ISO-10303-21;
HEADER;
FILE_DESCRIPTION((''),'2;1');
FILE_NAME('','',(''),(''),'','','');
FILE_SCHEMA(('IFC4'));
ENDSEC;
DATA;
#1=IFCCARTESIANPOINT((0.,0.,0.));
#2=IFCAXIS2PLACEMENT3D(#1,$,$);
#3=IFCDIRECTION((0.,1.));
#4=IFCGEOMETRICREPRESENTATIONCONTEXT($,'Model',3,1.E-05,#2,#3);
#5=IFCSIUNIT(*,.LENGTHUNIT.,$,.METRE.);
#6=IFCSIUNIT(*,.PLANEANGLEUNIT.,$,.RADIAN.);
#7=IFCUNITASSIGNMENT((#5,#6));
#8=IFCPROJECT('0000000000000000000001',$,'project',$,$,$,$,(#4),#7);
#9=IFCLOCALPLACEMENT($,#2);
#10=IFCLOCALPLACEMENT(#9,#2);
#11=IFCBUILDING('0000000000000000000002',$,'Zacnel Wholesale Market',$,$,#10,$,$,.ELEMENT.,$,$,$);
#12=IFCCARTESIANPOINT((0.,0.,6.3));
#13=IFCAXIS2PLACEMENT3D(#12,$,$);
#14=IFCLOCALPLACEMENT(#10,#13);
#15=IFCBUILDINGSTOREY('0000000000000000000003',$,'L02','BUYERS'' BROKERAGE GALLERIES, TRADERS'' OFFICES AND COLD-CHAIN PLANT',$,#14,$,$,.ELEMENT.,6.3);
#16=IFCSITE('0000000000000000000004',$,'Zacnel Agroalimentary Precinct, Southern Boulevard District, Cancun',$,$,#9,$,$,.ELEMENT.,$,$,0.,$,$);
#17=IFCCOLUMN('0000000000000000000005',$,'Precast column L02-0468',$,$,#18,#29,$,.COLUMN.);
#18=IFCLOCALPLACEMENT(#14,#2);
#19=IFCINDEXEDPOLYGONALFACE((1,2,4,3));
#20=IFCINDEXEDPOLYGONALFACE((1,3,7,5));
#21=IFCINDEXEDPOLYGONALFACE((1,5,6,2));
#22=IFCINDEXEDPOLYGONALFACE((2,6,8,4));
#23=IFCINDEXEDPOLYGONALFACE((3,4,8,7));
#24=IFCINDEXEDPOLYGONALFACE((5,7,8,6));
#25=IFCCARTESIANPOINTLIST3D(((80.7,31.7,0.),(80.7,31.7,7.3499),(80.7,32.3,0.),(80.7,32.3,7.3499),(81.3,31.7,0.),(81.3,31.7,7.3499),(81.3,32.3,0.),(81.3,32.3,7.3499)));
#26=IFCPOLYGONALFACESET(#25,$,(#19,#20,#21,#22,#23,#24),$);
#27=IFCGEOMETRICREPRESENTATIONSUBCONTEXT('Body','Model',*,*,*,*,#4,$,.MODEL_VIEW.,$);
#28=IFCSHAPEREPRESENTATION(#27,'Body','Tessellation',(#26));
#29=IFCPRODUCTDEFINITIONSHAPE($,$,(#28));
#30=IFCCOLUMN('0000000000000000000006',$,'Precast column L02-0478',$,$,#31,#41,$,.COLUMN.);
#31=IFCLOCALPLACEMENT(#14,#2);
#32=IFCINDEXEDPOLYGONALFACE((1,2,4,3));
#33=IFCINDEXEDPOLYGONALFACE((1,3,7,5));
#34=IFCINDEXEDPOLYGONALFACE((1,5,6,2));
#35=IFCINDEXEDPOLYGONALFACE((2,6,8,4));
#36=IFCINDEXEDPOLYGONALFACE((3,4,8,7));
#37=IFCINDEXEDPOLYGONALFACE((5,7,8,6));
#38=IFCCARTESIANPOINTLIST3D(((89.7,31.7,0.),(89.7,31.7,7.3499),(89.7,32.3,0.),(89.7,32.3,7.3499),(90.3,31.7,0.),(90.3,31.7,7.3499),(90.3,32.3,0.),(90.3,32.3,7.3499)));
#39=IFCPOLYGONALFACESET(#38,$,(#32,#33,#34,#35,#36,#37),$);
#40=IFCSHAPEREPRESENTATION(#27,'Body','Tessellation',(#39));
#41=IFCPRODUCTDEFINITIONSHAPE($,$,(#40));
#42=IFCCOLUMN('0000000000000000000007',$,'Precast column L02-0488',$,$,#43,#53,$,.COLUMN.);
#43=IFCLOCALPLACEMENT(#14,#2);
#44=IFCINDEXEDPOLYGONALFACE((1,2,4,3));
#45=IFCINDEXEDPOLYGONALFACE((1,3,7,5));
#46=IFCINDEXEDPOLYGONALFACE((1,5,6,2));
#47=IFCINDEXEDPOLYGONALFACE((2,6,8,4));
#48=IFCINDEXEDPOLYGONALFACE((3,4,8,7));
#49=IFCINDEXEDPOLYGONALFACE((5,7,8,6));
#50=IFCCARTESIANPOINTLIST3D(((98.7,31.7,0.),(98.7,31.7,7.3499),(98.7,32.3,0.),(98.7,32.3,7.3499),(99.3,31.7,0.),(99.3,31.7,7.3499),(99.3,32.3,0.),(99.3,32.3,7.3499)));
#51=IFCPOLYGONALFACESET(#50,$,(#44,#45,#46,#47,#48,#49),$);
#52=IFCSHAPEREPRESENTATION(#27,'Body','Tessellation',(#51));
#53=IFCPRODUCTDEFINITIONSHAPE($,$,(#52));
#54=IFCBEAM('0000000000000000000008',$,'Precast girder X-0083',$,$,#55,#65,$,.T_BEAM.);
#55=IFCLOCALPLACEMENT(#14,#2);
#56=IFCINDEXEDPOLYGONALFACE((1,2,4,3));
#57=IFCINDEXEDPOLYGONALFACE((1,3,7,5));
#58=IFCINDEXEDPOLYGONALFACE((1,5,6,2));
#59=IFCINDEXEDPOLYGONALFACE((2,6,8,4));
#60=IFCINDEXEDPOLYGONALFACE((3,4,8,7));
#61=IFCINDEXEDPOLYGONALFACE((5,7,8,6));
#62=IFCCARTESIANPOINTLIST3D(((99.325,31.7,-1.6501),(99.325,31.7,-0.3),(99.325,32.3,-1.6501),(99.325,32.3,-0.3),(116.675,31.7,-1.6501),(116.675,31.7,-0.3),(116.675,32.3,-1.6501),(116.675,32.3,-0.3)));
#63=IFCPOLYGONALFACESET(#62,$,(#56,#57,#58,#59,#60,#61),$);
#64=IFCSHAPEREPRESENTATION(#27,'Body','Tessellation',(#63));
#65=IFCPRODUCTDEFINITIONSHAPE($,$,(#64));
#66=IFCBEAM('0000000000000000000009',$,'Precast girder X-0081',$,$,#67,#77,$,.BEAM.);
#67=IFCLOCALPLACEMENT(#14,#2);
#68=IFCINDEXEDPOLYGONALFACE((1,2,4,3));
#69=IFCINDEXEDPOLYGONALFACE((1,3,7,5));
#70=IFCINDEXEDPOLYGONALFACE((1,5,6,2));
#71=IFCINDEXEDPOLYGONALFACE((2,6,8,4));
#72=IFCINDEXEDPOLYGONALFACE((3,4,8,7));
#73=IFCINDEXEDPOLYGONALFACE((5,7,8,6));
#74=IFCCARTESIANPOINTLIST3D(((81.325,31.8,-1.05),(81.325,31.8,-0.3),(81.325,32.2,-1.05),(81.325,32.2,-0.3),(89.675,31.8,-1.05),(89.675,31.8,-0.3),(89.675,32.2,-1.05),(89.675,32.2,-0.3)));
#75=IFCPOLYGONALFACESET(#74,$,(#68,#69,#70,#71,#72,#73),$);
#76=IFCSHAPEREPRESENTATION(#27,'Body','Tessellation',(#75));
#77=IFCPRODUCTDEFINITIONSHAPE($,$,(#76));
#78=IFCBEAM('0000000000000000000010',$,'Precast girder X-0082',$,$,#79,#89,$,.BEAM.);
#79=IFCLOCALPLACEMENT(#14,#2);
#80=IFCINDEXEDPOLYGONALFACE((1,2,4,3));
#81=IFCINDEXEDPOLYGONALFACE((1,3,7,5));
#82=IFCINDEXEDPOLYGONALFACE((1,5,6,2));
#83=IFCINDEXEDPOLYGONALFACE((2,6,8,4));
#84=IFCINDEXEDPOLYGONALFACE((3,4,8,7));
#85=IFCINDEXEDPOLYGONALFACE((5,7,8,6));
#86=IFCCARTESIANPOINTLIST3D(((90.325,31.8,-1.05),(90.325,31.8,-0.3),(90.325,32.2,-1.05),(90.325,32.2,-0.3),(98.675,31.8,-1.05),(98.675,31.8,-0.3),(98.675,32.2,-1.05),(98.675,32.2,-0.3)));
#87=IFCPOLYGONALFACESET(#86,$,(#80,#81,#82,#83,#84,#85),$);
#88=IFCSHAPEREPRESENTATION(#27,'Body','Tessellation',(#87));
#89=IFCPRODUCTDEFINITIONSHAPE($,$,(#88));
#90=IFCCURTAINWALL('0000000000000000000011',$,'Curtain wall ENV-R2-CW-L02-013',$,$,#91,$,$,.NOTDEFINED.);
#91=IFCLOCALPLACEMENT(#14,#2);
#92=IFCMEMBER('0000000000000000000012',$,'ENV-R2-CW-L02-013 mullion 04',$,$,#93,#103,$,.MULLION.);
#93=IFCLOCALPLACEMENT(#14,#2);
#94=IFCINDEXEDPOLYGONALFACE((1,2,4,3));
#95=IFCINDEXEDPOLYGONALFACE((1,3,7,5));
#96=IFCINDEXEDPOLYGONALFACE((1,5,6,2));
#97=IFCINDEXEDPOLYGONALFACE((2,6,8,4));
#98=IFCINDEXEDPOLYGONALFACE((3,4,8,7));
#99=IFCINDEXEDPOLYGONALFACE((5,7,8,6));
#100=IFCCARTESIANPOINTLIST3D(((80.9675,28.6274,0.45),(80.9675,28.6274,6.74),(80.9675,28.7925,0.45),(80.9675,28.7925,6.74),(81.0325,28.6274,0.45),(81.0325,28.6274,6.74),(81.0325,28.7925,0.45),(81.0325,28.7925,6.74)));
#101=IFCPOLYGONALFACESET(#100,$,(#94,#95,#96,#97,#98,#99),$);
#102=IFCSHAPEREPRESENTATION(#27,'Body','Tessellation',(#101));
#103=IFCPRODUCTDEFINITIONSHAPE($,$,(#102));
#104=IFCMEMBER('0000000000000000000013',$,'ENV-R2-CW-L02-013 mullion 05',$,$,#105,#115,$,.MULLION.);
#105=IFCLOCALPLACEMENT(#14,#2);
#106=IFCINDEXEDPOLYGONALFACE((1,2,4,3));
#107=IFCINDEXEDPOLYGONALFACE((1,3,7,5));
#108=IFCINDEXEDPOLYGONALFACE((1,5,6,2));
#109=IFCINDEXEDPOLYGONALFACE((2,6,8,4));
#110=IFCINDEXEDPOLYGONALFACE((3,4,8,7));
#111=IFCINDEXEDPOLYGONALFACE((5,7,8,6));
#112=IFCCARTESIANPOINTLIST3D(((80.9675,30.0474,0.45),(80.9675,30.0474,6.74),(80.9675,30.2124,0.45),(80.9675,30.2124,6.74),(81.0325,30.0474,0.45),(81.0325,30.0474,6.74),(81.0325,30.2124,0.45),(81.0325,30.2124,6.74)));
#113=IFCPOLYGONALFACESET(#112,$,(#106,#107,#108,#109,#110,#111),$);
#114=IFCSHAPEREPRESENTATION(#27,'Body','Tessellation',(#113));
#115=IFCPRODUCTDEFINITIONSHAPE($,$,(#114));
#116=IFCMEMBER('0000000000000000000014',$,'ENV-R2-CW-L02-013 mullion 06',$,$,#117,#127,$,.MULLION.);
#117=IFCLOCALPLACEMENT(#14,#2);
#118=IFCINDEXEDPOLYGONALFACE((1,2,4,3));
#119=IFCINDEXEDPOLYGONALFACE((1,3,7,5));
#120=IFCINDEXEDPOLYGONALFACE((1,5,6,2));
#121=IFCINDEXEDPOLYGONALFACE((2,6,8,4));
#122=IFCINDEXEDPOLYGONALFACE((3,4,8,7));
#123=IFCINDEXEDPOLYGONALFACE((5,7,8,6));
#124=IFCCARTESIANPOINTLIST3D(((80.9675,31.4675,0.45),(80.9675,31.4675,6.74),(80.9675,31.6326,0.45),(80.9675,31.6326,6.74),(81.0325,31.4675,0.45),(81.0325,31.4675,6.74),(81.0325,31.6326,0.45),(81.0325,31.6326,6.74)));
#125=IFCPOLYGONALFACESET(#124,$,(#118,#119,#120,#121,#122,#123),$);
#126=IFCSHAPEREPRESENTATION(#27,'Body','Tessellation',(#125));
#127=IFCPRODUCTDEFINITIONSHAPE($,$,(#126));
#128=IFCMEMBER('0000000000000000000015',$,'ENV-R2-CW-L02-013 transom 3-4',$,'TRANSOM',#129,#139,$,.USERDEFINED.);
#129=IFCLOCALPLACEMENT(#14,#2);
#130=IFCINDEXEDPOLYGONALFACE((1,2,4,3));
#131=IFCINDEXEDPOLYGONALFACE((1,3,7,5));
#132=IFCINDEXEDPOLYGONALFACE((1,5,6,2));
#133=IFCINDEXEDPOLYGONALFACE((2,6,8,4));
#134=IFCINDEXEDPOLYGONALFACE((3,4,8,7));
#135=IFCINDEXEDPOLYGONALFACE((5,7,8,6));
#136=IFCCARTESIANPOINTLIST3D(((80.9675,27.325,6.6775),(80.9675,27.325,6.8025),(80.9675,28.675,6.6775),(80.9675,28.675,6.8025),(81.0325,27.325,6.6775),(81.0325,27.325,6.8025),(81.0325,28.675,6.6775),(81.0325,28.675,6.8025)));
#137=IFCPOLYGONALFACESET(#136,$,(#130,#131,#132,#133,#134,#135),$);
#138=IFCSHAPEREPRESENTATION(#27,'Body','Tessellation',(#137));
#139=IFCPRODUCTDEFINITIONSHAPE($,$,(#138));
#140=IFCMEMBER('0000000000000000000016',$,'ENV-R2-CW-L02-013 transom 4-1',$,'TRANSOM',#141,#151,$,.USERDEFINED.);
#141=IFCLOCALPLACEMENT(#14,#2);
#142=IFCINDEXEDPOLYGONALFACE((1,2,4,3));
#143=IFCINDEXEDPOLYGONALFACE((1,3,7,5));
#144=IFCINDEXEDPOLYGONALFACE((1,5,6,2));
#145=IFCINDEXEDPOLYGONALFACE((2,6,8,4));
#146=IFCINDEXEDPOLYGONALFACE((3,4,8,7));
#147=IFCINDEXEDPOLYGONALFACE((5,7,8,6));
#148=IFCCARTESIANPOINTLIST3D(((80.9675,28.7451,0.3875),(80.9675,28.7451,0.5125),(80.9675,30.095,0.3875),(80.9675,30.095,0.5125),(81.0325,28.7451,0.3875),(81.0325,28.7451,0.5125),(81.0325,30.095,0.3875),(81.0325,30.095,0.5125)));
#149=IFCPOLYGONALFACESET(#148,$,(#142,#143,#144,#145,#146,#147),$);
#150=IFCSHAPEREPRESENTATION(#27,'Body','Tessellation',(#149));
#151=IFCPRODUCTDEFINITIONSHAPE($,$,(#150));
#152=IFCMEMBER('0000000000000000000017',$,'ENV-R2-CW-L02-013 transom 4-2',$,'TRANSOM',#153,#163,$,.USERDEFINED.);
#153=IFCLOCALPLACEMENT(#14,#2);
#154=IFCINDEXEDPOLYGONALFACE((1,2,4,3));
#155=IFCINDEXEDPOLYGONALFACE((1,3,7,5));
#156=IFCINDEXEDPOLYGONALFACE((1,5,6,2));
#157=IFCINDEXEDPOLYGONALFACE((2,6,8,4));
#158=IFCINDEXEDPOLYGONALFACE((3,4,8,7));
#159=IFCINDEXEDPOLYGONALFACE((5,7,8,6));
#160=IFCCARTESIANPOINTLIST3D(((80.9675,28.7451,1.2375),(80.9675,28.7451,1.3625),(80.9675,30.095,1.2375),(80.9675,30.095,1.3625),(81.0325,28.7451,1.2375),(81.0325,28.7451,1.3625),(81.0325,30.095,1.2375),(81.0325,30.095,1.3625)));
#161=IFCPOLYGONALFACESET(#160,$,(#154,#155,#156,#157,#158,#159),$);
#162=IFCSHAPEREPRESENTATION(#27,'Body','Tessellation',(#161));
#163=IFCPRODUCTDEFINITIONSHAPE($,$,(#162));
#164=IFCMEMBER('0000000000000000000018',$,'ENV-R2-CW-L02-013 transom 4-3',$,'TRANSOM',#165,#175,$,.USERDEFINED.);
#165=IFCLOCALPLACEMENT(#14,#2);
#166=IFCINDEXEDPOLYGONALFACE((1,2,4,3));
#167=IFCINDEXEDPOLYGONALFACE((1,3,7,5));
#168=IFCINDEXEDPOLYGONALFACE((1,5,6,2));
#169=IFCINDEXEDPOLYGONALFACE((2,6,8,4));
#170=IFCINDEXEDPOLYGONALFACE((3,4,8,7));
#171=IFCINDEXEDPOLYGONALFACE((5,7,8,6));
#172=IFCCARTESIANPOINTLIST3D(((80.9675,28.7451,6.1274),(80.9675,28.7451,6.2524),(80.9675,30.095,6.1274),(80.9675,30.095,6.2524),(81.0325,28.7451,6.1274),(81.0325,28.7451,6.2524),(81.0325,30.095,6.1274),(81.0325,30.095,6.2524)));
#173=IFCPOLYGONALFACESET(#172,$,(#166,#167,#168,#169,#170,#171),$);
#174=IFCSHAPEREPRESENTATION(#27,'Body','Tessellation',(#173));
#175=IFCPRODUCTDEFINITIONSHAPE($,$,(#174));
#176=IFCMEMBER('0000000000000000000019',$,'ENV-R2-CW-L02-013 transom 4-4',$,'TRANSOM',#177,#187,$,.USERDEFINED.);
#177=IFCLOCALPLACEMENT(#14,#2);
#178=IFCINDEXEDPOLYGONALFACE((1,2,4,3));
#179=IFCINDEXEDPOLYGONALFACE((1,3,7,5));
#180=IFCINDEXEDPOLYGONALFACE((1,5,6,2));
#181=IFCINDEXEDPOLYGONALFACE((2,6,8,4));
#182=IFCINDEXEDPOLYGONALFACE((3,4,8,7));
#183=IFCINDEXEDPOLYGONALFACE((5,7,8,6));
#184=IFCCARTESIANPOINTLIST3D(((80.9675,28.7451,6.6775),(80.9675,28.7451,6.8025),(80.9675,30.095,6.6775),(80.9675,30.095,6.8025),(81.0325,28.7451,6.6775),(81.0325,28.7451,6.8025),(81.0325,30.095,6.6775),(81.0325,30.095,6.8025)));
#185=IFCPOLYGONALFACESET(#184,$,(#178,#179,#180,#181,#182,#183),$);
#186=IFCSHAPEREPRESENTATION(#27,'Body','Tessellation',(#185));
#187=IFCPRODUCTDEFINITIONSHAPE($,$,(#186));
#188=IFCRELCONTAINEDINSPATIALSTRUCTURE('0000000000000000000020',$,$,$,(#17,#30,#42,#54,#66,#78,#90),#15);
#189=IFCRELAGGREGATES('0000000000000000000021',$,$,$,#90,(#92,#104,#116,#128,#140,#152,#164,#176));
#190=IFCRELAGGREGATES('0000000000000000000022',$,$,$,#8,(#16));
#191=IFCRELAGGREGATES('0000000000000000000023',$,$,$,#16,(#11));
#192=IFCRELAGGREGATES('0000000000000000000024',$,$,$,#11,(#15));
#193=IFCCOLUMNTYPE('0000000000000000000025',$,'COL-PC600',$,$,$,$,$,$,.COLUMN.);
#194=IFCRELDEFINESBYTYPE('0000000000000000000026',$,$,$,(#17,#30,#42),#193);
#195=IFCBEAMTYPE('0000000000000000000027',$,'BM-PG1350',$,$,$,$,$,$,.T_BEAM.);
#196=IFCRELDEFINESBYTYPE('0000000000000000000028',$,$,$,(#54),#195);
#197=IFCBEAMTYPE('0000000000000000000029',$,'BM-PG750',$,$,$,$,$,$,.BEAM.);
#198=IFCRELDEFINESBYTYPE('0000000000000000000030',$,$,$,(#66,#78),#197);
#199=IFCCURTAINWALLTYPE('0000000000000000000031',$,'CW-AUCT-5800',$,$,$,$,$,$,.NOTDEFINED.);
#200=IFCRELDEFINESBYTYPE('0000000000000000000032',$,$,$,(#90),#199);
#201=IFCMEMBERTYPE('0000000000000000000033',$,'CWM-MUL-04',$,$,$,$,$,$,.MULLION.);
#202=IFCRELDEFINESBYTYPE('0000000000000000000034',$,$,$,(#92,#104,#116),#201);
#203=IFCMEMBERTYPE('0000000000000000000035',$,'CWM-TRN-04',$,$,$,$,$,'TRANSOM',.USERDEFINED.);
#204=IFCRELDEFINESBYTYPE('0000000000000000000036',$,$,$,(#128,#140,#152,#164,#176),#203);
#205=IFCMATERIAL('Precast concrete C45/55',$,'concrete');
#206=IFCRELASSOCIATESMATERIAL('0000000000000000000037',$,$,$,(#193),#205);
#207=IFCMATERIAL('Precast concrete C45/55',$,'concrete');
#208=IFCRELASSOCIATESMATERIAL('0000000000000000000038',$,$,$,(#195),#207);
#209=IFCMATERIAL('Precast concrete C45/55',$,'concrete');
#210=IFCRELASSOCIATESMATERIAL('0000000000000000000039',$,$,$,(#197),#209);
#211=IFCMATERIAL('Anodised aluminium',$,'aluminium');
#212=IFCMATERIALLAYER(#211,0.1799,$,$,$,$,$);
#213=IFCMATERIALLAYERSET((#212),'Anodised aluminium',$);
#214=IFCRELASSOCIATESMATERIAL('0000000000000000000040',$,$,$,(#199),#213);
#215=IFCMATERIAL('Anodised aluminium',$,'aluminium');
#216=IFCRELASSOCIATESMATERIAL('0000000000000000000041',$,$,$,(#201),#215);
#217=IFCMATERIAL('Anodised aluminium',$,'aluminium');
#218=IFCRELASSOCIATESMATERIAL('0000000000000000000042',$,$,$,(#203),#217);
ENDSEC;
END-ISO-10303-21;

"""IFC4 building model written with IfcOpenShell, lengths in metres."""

from ifc_helpers import new_model, si_unit, direction, frame, origin, origin_2d, place, context, subcontext, project, spatial, rectangle, extrude, material, layer, layer_set, material_profile, profile_set, type_object, element, aggregate, save


model = new_model("IFC4")

# Units and contexts
model_context = context("Model", 3, precision=1e-05, world=origin(), true_north=direction((0.0, 1.0)))
body_context = subcontext(model_context, "Body", "Model", "MODEL_VIEW")
ifc_project = project(units=[si_unit("LENGTHUNIT", "METRE"), si_unit("PLANEANGLEUNIT", "RADIAN")], contexts=[model_context])

# Site, building, storey
site_placement = place(None, origin())
site = spatial("IfcSite", under=ifc_project, at=site_placement, Name="Zacnel Agroalimentary Precinct, Southern Boulevard District, Cancun", CompositionType="ELEMENT", RefElevation=0.0)
building_placement = place(site_placement, origin())
building = spatial("IfcBuilding", under=site, at=building_placement, Name="Zacnel Wholesale Market", CompositionType="ELEMENT")
storey_placement = place(building_placement, frame((0.0, 0.0, 6.3)))
storey = spatial("IfcBuildingStorey", under=building, at=storey_placement, Name="L02", Description="BUYERS' BROKERAGE GALLERIES, TRADERS' OFFICES AND COLD-CHAIN PLANT", CompositionType="ELEMENT", Elevation=6.3)

# Columns
ifc_material_1 = material(Name="Precast concrete C45/55", Category="concrete")
ifc_material_profile_1 = material_profile(ifc_material_1, rectangle(XDim=0.6001, YDim=0.6001, at=origin_2d()), Name="PC 600x600")
ifc_profile_set_1 = profile_set([ifc_material_profile_1], Name="Precast concrete C45/55")
column_type = type_object("IfcColumnType", Name="COL-PC600", PredefinedType="COLUMN", material=ifc_profile_set_1)
for number, where, z_axis, x_axis, name in (
    (1, (81.0, 32.0, 0.0), (0.0, 0.0, 1.0), (1.0, 0.0, 0.0), "Precast column L02-0468"),
    (2, (90.0, 32.0, 0.0), (0.0, 0.0, 1.0), (1.0, 0.0, 0.0), "Precast column L02-0478"),
    (3, (99.0, 32.0, 0.0), (0.0, 0.0, 1.0), (1.0, 0.0, 0.0), "Precast column L02-0488"),
):
    element("IfcColumn", number, at=place(storey_placement, frame(where, z_axis=z_axis, x_axis=x_axis)), inside=storey, type_object=column_type, Name=name, PredefinedType="COLUMN", context=body_context, shape_type="SweptSolid", body=[
        extrude(rectangle(XDim=0.6001, YDim=0.6001, at=origin_2d()), origin(), (0.0, 0.0, 1.0), 7.3499),
    ])

# Beams
ifc_material_2 = material(Name="Precast concrete C45/55", Category="concrete")
ifc_material_profile_2 = material_profile(ifc_material_2, rectangle(XDim=0.6001, YDim=1.3501, at=origin_2d()), Name="PG 600x1350")
ifc_profile_set_2 = profile_set([ifc_material_profile_2], Name="Precast concrete C45/55")
beam_type_1 = type_object("IfcBeamType", Name="BM-PG1350", PredefinedType="T_BEAM", material=ifc_profile_set_2)
beam_placement = place(storey_placement, frame((99.325, 32.0, -0.9751), z_axis=(1.0, 0.0, 0.0), x_axis=(0.0, 1.0, 0.0)))
element("IfcBeam", 4, at=beam_placement, inside=storey, type_object=beam_type_1, Name="Precast girder X-0083", PredefinedType="T_BEAM", context=body_context, shape_type="SweptSolid", body=[
    extrude(rectangle(XDim=0.6001, YDim=1.3501, at=origin_2d()), origin(), (0.0, 0.0, 1.0), 17.3501),
])
ifc_material_3 = material(Name="Precast concrete C45/55", Category="concrete")
ifc_material_profile_3 = material_profile(ifc_material_3, rectangle(XDim=0.3999, YDim=0.75, at=origin_2d()), Name="PG 400x750")
ifc_profile_set_3 = profile_set([ifc_material_profile_3], Name="Precast concrete C45/55")
beam_type_2 = type_object("IfcBeamType", Name="BM-PG750", PredefinedType="BEAM", material=ifc_profile_set_3)
for number, where, z_axis, x_axis, name in (
    (5, (81.325, 32.0, -0.675), (1.0, 0.0, 0.0), (0.0, 1.0, 0.0), "Precast girder X-0081"),
    (6, (90.325, 32.0, -0.675), (1.0, 0.0, 0.0), (0.0, 1.0, 0.0), "Precast girder X-0082"),
):
    element("IfcBeam", number, at=place(storey_placement, frame(where, z_axis=z_axis, x_axis=x_axis)), inside=storey, type_object=beam_type_2, Name=name, PredefinedType="BEAM", context=body_context, shape_type="SweptSolid", body=[
        extrude(rectangle(XDim=0.3999, YDim=0.75, at=origin_2d()), origin(), (0.0, 0.0, 1.0), 8.3501),
    ])

# Curtain wall, members
ifc_material_4 = material(Name="Anodised aluminium", Category="aluminium")
ifc_layer_1 = layer(ifc_material_4, 0.1799)
ifc_layer_set_1 = layer_set([ifc_layer_1], Name="Anodised aluminium")
curtain_wall_type = type_object("IfcCurtainWallType", Name="CW-AUCT-5800", PredefinedType="NOTDEFINED", material=ifc_layer_set_1)
curtain_wall_placement = place(storey_placement, origin())
curtain_wall = element("IfcCurtainWall", 7, at=curtain_wall_placement, inside=storey, type_object=curtain_wall_type, Name="Curtain wall ENV-R2-CW-L02-013", PredefinedType="NOTDEFINED")
ifc_material_5 = material(Name="Anodised aluminium", Category="aluminium")
ifc_material_profile_4 = material_profile(ifc_material_5, rectangle(XDim=0.0649, YDim=0.165, at=origin_2d()), Name="AW-MULLION 65x165")
ifc_profile_set_4 = profile_set([ifc_material_profile_4], Name="Anodised aluminium")
member_type_1 = type_object("IfcMemberType", Name="CWM-MUL-04", PredefinedType="MULLION", material=ifc_profile_set_4)
member_1_placement = place(storey_placement, frame((81.0, 28.71, 0.45), z_axis=(0.0, 0.0, 1.0), x_axis=(1.0, 0.0, 0.0)))
member_1 = element("IfcMember", 8, at=member_1_placement, type_object=member_type_1, Name="ENV-R2-CW-L02-013 mullion 04", PredefinedType="MULLION", context=body_context, shape_type="SweptSolid", body=[
    extrude(rectangle(XDim=0.0649, YDim=0.165, at=origin_2d()), origin(), (0.0, 0.0, 1.0), 6.29),
])
member_2_placement = place(storey_placement, frame((81.0, 30.1299, 0.45), z_axis=(0.0, 0.0, 1.0), x_axis=(1.0, 0.0, 0.0)))
member_2 = element("IfcMember", 9, at=member_2_placement, type_object=member_type_1, Name="ENV-R2-CW-L02-013 mullion 05", PredefinedType="MULLION", context=body_context, shape_type="SweptSolid", body=[
    extrude(rectangle(XDim=0.0649, YDim=0.165, at=origin_2d()), origin(), (0.0, 0.0, 1.0), 6.29),
])
member_3_placement = place(storey_placement, frame((81.0, 31.55, 0.45), z_axis=(0.0, 0.0, 1.0), x_axis=(1.0, 0.0, 0.0)))
member_3 = element("IfcMember", 10, at=member_3_placement, type_object=member_type_1, Name="ENV-R2-CW-L02-013 mullion 06", PredefinedType="MULLION", context=body_context, shape_type="SweptSolid", body=[
    extrude(rectangle(XDim=0.0649, YDim=0.165, at=origin_2d()), origin(), (0.0, 0.0, 1.0), 6.29),
])
ifc_material_6 = material(Name="Anodised aluminium", Category="aluminium")
ifc_material_profile_5 = material_profile(ifc_material_6, rectangle(XDim=0.0649, YDim=0.125, at=origin_2d()), Name="AW-TRANSOM 65x125")
ifc_profile_set_5 = profile_set([ifc_material_profile_5], Name="Anodised aluminium")
member_type_2 = type_object("IfcMemberType", Name="CWM-TRN-04", ElementType="TRANSOM", PredefinedType="USERDEFINED", material=ifc_profile_set_5)
member_4_placement = place(storey_placement, frame((81.0, 27.325, 6.74), z_axis=(0.0, 1.0, 0.0), x_axis=(-1.0, 0.0, 0.0)))
member_4 = element("IfcMember", 11, at=member_4_placement, type_object=member_type_2, Name="ENV-R2-CW-L02-013 transom 3-4", ObjectType="TRANSOM", PredefinedType="USERDEFINED", context=body_context, shape_type="SweptSolid", body=[
    extrude(rectangle(XDim=0.0649, YDim=0.125, at=origin_2d()), origin(), (0.0, 0.0, 1.0), 1.3501),
])
member_5_placement = place(storey_placement, frame((81.0, 28.7451, 0.45), z_axis=(0.0, 1.0, 0.0), x_axis=(-1.0, 0.0, 0.0)))
member_5 = element("IfcMember", 12, at=member_5_placement, type_object=member_type_2, Name="ENV-R2-CW-L02-013 transom 4-1", ObjectType="TRANSOM", PredefinedType="USERDEFINED", context=body_context, shape_type="SweptSolid", body=[
    extrude(rectangle(XDim=0.0649, YDim=0.125, at=origin_2d()), origin(), (0.0, 0.0, 1.0), 1.3499),
])
member_6_placement = place(storey_placement, frame((81.0, 28.7451, 1.3), z_axis=(0.0, 1.0, 0.0), x_axis=(-1.0, 0.0, 0.0)))
member_6 = element("IfcMember", 13, at=member_6_placement, type_object=member_type_2, Name="ENV-R2-CW-L02-013 transom 4-2", ObjectType="TRANSOM", PredefinedType="USERDEFINED", context=body_context, shape_type="SweptSolid", body=[
    extrude(rectangle(XDim=0.0649, YDim=0.125, at=origin_2d()), origin(), (0.0, 0.0, 1.0), 1.3499),
])
member_7_placement = place(storey_placement, frame((81.0, 28.7451, 6.1899), z_axis=(0.0, 1.0, 0.0), x_axis=(-1.0, 0.0, 0.0)))
member_7 = element("IfcMember", 14, at=member_7_placement, type_object=member_type_2, Name="ENV-R2-CW-L02-013 transom 4-3", ObjectType="TRANSOM", PredefinedType="USERDEFINED", context=body_context, shape_type="SweptSolid", body=[
    extrude(rectangle(XDim=0.0649, YDim=0.125, at=origin_2d()), origin(), (0.0, 0.0, 1.0), 1.3499),
])
member_8_placement = place(storey_placement, frame((81.0, 28.7451, 6.74), z_axis=(0.0, 1.0, 0.0), x_axis=(-1.0, 0.0, 0.0)))
member_8 = element("IfcMember", 15, at=member_8_placement, type_object=member_type_2, Name="ENV-R2-CW-L02-013 transom 4-4", ObjectType="TRANSOM", PredefinedType="USERDEFINED", context=body_context, shape_type="SweptSolid", body=[
    extrude(rectangle(XDim=0.0649, YDim=0.125, at=origin_2d()), origin(), (0.0, 0.0, 1.0), 1.3499),
])
aggregate(curtain_wall, [member_1, member_2, member_3, member_4, member_5, member_6, member_7, member_8])

save(model, "model.ifc")
